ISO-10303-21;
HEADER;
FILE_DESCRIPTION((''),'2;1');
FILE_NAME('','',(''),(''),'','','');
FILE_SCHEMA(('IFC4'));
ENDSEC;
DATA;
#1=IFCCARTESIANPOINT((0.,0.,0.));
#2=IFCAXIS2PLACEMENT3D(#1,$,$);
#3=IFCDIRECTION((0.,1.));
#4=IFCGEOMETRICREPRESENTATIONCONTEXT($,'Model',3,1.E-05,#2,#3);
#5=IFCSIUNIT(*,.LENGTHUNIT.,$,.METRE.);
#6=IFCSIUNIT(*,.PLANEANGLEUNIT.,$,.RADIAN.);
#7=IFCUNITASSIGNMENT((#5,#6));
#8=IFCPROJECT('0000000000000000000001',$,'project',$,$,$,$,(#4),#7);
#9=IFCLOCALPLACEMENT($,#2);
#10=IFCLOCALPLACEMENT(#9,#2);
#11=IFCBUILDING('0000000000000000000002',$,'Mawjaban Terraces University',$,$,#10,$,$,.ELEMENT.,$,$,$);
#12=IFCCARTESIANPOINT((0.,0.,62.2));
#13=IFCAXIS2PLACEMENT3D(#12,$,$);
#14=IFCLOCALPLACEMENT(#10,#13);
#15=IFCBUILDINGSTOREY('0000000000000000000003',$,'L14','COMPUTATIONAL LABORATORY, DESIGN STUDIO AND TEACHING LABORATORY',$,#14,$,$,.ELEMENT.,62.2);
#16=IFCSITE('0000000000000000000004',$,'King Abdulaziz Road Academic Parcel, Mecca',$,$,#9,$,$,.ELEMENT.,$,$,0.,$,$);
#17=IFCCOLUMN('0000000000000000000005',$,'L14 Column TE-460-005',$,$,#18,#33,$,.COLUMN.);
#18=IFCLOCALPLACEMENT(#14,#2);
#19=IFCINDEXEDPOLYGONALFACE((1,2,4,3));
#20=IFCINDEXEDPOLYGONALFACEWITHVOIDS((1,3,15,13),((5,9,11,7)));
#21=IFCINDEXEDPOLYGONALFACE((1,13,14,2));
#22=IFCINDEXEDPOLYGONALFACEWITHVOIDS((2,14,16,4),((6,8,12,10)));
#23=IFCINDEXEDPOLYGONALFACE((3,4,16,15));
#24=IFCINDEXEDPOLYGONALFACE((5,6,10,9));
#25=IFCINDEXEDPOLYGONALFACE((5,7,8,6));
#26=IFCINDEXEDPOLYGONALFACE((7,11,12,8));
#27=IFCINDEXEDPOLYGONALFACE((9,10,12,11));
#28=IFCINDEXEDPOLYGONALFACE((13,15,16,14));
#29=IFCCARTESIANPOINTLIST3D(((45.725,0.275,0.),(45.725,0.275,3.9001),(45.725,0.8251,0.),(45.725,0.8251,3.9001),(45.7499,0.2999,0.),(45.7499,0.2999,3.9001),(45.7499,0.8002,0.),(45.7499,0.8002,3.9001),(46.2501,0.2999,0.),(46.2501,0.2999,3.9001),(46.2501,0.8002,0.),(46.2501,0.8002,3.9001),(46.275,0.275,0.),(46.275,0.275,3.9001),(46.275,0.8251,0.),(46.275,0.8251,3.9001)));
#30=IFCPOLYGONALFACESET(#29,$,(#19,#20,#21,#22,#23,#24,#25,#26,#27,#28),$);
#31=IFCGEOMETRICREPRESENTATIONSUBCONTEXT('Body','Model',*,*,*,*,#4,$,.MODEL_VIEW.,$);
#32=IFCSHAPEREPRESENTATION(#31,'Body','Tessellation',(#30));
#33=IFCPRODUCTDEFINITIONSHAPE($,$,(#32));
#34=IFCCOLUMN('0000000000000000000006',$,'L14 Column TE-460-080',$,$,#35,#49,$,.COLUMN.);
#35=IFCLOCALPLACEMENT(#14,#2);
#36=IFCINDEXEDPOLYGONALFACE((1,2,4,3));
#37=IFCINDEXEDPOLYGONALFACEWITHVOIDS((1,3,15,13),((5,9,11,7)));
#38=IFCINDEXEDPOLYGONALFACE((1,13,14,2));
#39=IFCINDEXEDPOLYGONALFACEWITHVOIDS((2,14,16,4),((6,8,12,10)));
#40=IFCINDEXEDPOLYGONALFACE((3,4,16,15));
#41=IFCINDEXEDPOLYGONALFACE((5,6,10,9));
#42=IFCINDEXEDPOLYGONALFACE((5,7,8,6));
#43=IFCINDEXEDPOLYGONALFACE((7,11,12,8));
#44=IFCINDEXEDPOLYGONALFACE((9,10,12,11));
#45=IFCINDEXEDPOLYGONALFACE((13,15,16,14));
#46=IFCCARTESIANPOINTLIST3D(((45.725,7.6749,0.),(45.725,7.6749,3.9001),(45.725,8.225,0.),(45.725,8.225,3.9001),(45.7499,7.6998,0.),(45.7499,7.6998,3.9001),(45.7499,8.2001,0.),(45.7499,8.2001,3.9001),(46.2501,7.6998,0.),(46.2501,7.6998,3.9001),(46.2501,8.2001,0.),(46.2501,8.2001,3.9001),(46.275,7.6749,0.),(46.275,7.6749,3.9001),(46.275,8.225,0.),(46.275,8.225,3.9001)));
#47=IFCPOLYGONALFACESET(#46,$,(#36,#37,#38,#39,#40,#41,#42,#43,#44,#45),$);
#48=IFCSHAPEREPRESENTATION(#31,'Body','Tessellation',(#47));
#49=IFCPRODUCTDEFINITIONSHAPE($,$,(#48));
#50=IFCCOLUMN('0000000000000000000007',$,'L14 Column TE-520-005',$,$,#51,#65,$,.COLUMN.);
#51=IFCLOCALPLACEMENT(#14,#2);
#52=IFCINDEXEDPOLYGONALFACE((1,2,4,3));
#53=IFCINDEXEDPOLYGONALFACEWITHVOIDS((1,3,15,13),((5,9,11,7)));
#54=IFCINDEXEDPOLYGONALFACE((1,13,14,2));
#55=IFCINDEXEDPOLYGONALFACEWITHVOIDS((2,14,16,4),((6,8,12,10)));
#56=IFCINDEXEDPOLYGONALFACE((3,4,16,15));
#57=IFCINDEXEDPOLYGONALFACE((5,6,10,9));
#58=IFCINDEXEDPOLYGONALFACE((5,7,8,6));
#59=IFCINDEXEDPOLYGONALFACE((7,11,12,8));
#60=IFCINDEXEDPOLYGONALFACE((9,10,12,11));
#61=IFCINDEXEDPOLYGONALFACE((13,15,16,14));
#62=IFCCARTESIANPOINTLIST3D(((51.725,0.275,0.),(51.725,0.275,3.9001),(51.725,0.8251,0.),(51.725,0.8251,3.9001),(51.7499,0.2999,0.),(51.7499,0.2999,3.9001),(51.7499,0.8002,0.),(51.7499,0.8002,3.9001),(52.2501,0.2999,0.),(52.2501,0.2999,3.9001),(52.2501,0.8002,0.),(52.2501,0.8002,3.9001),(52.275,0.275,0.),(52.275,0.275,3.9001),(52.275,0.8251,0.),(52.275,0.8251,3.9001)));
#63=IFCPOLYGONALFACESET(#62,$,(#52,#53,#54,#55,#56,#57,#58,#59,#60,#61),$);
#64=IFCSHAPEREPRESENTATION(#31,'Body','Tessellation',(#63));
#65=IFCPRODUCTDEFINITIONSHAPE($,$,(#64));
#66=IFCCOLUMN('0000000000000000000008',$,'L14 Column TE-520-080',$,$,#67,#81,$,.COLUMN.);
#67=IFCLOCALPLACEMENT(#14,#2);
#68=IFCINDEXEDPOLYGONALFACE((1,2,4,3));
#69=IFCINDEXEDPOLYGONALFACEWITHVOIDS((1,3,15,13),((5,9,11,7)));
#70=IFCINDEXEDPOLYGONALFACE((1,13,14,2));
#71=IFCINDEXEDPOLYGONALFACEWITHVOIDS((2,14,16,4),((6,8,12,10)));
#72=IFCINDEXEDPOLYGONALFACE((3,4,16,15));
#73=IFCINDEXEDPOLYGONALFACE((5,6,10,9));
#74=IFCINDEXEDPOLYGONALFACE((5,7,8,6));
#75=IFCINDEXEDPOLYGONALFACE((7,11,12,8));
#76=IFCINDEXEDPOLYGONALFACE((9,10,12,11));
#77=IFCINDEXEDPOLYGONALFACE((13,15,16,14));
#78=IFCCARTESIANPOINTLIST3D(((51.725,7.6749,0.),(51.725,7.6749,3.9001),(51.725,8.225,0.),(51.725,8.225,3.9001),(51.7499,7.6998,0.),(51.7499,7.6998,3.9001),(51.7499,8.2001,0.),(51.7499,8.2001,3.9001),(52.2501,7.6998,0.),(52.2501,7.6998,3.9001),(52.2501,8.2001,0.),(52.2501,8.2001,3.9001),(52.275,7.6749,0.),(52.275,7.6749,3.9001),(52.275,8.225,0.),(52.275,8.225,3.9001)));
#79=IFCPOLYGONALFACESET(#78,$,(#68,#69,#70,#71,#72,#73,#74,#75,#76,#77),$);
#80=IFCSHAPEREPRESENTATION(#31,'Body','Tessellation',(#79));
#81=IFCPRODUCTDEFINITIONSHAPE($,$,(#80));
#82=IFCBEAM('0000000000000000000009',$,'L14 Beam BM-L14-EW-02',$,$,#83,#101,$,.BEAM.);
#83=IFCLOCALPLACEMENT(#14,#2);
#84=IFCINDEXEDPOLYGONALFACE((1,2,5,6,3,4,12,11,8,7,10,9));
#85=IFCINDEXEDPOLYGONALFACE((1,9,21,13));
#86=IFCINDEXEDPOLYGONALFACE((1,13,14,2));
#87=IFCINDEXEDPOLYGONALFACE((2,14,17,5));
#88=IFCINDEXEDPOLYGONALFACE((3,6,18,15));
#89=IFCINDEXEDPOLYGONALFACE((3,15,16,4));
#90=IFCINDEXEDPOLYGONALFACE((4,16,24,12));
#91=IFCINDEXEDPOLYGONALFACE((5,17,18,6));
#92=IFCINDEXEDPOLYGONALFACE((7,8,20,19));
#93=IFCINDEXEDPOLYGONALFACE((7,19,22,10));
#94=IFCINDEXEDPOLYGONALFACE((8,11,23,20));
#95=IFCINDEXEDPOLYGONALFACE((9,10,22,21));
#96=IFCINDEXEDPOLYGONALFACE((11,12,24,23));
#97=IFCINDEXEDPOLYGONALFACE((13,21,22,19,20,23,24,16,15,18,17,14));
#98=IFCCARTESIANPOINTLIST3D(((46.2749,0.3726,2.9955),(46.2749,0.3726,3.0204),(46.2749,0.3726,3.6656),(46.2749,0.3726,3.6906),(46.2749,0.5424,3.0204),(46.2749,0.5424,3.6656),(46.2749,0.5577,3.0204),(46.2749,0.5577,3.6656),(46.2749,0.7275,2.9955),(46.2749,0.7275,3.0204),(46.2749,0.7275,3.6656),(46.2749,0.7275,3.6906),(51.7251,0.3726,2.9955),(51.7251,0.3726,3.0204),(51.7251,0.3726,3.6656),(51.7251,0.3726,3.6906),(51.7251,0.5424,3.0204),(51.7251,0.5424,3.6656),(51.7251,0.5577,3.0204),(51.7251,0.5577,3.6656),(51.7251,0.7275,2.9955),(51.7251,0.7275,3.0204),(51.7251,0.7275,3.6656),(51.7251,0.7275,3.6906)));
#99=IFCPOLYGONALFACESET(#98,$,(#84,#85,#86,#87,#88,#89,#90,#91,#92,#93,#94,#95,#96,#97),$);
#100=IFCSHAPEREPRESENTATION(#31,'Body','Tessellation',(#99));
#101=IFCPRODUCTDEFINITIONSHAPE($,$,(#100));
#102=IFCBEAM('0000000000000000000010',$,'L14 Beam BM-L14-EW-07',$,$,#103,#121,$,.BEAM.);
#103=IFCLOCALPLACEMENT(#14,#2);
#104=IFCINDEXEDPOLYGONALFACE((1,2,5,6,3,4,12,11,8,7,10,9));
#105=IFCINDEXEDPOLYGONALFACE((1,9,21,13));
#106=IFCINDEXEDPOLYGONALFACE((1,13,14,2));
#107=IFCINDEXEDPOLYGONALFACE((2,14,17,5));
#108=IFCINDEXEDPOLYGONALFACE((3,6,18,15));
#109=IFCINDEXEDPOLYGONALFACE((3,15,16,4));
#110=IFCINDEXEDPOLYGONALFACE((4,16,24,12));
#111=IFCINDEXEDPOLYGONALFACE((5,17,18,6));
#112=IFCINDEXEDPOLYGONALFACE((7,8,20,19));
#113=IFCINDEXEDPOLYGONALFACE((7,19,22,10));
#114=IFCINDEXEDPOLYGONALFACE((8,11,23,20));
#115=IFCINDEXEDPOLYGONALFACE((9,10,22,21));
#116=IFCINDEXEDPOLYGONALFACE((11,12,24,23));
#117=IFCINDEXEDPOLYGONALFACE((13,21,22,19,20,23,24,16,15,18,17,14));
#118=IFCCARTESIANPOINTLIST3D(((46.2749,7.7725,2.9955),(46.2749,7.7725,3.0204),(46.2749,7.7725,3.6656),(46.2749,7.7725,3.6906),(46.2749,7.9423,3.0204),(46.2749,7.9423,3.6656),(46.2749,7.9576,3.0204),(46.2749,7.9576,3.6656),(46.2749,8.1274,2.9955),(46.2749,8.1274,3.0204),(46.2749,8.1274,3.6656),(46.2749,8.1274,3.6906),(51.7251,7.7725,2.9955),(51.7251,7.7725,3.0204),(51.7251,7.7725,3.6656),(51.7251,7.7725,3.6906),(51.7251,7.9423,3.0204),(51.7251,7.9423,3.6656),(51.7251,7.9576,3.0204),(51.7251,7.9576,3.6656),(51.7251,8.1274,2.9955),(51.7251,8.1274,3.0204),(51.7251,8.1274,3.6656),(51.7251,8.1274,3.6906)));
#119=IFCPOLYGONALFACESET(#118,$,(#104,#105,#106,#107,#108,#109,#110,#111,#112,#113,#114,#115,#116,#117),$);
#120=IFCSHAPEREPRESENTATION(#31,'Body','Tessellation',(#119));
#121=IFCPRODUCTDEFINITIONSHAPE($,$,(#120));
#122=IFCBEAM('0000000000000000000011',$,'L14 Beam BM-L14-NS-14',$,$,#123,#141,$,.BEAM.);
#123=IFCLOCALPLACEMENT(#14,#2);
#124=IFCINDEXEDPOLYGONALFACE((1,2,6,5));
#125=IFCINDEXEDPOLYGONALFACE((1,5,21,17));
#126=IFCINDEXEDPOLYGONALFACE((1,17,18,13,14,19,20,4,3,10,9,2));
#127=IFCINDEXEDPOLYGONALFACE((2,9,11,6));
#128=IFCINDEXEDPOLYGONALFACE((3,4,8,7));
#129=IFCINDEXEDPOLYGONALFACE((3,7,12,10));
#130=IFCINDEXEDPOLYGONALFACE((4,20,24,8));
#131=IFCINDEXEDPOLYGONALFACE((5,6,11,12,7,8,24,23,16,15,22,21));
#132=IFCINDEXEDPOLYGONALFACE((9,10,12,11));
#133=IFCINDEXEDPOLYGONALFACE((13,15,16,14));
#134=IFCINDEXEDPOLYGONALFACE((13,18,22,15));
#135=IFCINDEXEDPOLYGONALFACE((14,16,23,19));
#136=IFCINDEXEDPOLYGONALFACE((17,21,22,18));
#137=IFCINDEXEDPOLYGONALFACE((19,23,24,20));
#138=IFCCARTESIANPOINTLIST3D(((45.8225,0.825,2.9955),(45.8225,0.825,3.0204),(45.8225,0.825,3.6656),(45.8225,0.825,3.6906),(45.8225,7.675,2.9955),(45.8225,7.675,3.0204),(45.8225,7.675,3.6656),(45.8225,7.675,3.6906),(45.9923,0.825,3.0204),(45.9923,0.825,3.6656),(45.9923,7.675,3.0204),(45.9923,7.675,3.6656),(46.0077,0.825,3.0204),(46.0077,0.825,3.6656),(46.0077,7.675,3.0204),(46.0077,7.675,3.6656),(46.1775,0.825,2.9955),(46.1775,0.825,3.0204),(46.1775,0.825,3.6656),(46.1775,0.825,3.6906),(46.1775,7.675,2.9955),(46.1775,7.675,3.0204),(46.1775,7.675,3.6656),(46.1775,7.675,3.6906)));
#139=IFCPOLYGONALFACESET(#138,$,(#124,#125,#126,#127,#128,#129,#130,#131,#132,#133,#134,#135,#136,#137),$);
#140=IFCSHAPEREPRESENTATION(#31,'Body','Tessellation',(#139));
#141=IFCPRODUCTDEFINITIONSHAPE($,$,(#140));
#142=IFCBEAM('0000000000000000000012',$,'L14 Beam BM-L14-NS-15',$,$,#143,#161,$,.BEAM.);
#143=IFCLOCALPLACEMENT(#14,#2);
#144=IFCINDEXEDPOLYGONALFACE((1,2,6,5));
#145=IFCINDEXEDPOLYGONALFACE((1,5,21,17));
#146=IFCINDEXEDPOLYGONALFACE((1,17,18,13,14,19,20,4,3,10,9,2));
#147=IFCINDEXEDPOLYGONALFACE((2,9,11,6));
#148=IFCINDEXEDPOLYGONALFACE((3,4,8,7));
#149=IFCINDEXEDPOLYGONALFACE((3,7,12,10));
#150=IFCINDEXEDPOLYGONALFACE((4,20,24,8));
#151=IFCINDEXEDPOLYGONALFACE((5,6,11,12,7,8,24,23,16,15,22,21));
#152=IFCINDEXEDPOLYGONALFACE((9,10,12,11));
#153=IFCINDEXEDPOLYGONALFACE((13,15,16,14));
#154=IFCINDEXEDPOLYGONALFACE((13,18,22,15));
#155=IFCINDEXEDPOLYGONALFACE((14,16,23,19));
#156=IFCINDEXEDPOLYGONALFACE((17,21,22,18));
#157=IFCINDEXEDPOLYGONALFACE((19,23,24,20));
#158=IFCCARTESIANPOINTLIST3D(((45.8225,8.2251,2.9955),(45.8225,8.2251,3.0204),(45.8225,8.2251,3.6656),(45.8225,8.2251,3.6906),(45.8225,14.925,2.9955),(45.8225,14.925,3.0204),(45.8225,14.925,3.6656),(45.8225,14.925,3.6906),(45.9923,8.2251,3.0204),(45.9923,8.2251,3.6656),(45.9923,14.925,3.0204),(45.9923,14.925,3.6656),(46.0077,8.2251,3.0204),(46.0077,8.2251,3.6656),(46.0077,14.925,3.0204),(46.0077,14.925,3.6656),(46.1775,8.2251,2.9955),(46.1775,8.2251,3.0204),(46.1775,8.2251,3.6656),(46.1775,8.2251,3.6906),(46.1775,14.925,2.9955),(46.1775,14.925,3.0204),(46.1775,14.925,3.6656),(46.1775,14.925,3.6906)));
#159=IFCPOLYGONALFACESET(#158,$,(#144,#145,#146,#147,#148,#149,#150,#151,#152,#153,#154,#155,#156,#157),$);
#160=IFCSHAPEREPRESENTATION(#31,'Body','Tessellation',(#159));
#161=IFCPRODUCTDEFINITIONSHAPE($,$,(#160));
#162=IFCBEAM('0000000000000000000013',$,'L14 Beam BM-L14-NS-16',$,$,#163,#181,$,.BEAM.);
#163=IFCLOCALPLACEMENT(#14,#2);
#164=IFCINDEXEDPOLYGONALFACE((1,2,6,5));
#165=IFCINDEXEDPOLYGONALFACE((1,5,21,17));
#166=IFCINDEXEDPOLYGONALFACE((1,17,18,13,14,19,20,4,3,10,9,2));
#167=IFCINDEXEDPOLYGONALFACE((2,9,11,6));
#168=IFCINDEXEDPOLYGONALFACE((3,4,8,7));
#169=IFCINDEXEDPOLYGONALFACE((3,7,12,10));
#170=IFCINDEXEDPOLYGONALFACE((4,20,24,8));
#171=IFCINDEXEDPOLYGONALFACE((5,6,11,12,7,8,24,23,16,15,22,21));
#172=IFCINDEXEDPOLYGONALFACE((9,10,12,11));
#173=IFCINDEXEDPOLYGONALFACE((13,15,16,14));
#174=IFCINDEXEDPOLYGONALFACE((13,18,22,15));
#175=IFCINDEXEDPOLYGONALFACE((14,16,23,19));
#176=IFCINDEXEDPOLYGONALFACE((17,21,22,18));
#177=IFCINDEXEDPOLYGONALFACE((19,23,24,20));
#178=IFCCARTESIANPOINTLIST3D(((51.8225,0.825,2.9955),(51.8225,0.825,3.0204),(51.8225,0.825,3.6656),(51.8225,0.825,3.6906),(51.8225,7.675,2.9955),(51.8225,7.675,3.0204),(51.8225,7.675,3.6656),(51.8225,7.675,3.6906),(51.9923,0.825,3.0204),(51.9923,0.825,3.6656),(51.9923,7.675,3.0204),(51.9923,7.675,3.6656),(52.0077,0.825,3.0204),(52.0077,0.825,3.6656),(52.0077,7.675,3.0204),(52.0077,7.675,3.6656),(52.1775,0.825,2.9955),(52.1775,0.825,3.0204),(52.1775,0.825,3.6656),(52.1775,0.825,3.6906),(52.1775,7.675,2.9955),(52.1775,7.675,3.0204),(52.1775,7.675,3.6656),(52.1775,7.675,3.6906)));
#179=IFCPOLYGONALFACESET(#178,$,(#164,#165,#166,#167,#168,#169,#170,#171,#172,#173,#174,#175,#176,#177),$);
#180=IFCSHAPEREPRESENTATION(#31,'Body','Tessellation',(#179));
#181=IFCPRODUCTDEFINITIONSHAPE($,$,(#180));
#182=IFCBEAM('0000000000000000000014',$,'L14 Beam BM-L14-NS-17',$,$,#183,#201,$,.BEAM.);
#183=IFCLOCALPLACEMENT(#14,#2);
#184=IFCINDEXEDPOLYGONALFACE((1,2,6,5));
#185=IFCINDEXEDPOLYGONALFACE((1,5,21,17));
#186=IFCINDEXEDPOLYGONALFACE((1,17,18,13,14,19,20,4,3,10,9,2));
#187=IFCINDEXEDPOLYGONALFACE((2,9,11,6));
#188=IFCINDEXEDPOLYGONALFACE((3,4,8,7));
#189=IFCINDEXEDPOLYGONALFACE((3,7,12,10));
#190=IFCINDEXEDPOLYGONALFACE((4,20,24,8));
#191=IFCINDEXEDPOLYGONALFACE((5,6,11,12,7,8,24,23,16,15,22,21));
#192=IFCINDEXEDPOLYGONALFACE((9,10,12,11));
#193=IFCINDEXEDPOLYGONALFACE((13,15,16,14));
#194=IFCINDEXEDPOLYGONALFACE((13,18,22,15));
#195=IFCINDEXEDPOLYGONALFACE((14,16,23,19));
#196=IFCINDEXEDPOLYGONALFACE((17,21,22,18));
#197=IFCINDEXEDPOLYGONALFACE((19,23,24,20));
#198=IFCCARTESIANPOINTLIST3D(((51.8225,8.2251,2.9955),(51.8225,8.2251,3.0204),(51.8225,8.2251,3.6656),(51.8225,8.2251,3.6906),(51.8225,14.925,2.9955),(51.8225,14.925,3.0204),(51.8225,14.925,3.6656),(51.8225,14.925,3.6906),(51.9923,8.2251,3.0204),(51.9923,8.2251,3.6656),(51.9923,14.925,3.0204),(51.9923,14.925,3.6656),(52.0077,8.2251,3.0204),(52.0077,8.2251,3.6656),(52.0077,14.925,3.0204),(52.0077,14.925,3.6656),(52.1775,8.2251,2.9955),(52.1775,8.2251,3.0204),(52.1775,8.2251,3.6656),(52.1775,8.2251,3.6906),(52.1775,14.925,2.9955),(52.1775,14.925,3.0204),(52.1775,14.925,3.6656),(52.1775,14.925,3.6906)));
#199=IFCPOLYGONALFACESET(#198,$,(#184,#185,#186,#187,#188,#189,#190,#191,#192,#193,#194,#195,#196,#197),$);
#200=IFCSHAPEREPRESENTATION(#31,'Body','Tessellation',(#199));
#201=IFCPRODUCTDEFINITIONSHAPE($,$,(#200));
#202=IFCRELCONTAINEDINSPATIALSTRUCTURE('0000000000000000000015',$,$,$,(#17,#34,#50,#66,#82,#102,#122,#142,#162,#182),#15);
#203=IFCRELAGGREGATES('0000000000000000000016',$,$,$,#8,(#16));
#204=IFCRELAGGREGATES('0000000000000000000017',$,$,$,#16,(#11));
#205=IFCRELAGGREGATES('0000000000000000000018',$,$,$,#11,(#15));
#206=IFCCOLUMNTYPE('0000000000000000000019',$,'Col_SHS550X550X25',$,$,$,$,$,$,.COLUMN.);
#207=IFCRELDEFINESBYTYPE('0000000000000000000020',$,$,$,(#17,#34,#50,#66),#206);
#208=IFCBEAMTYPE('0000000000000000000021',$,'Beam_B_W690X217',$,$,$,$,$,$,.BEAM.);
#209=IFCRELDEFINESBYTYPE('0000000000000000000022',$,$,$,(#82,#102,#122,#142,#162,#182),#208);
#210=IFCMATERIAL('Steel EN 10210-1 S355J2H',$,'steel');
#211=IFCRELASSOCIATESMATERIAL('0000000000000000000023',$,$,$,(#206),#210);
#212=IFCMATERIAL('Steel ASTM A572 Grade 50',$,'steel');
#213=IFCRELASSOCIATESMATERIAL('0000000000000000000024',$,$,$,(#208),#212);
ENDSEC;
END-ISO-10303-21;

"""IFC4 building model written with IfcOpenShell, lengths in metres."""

from ifc_helpers import new_model, si_unit, direction, frame, origin, origin_2d, place, context, subcontext, project, spatial, hollow_rectangle, i_section, extrude, material, material_profile, profile_set, type_object, element, save


model = new_model("IFC4")

# Units and contexts
model_context = context("Model", 3, precision=1e-05, world=origin(), true_north=direction((0.0, 1.0)))
body_context = subcontext(model_context, "Body", "Model", "MODEL_VIEW")
ifc_project = project(units=[si_unit("LENGTHUNIT", "METRE"), si_unit("PLANEANGLEUNIT", "RADIAN")], contexts=[model_context])

# Site, building, storey
site_placement = place(None, origin())
site = spatial("IfcSite", under=ifc_project, at=site_placement, Name="King Abdulaziz Road Academic Parcel, Mecca", CompositionType="ELEMENT", RefElevation=0.0)
building_placement = place(site_placement, origin())
building = spatial("IfcBuilding", under=site, at=building_placement, Name="Mawjaban Terraces University", CompositionType="ELEMENT")
storey_placement = place(building_placement, frame((0.0, 0.0, 62.2)))
storey = spatial("IfcBuildingStorey", under=building, at=storey_placement, Name="L14", Description="COMPUTATIONAL LABORATORY, DESIGN STUDIO AND TEACHING LABORATORY", CompositionType="ELEMENT", Elevation=62.2)

# Columns
ifc_material_1 = material(Name="Steel EN 10210-1 S355J2H", Category="steel")
ifc_material_profile_1 = material_profile(ifc_material_1, hollow_rectangle(XDim=0.55, YDim=0.55, WallThickness=0.0249, at=origin_2d()), Name="SHS550X550X25")
ifc_profile_set_1 = profile_set([ifc_material_profile_1], Name="Steel EN 10210-1 S355J2H")
column_type = type_object("IfcColumnType", Name="Col_SHS550X550X25", PredefinedType="COLUMN", material=ifc_profile_set_1)
for number, where, z_axis, x_axis, name in (
    (1, (46.0, 0.55, 0.0), (0.0, 0.0, 1.0), (1.0, 0.0, 0.0), "L14 Column TE-460-005"),
    (2, (46.0, 7.95, 0.0), (0.0, 0.0, 1.0), (1.0, 0.0, 0.0), "L14 Column TE-460-080"),
    (3, (52.0, 0.55, 0.0), (0.0, 0.0, 1.0), (1.0, 0.0, 0.0), "L14 Column TE-520-005"),
    (4, (52.0, 7.95, 0.0), (0.0, 0.0, 1.0), (1.0, 0.0, 0.0), "L14 Column TE-520-080"),
):
    element("IfcColumn", number, at=place(storey_placement, frame(where, z_axis=z_axis, x_axis=x_axis)), inside=storey, type_object=column_type, Name=name, PredefinedType="COLUMN", context=body_context, shape_type="SweptSolid", body=[
        extrude(hollow_rectangle(XDim=0.55, YDim=0.55, WallThickness=0.0249, at=origin_2d()), origin(), (0.0, 0.0, 1.0), 3.9001),
    ])

# Beams
ifc_material_2 = material(Name="Steel ASTM A572 Grade 50", Category="steel")
ifc_material_profile_2 = material_profile(ifc_material_2, i_section(OverallWidth=0.355, OverallDepth=0.6951, WebThickness=0.0154, FlangeThickness=0.0249, at=origin_2d()), Name="W690X217")
ifc_profile_set_2 = profile_set([ifc_material_profile_2], Name="Steel ASTM A572 Grade 50")
beam_type_1 = type_object("IfcBeamType", Name="Beam_B_W690X217", PredefinedType="BEAM", material=ifc_profile_set_2)
for number, where, z_axis, x_axis, name in (
    (5, (46.2749, 0.55, 3.343), (1.0, 0.0, 0.0), (0.0, 1.0, 0.0), "L14 Beam BM-L14-EW-02"),
    (6, (46.2749, 7.95, 3.343), (1.0, 0.0, 0.0), (0.0, 1.0, 0.0), "L14 Beam BM-L14-EW-07"),
):
    element("IfcBeam", number, at=place(storey_placement, frame(where, z_axis=z_axis, x_axis=x_axis)), inside=storey, type_object=beam_type_1, Name=name, PredefinedType="BEAM", context=body_context, shape_type="SweptSolid", body=[
        extrude(i_section(OverallWidth=0.355, OverallDepth=0.6951, WebThickness=0.0154, FlangeThickness=0.0249, at=origin_2d()), origin(), (0.0, 0.0, 1.0), 5.4502),
    ])
beam_1_placement = place(storey_placement, frame((46.0, 0.825, 3.343), z_axis=(0.0, 1.0, 0.0), x_axis=(-1.0, 0.0, 0.0)))
element("IfcBeam", 7, at=beam_1_placement, inside=storey, type_object=beam_type_1, Name="L14 Beam BM-L14-NS-14", PredefinedType="BEAM", context=body_context, shape_type="SweptSolid", body=[
    extrude(i_section(OverallWidth=0.355, OverallDepth=0.6951, WebThickness=0.0154, FlangeThickness=0.0249, at=origin_2d()), origin(), (0.0, 0.0, 1.0), 6.8501),
])
beam_2_placement = place(storey_placement, frame((46.0, 8.2251, 3.343), z_axis=(0.0, 1.0, 0.0), x_axis=(-1.0, 0.0, 0.0)))
element("IfcBeam", 8, at=beam_2_placement, inside=storey, type_object=beam_type_1, Name="L14 Beam BM-L14-NS-15", PredefinedType="BEAM", context=body_context, shape_type="SweptSolid", body=[
    extrude(i_section(OverallWidth=0.355, OverallDepth=0.6951, WebThickness=0.0154, FlangeThickness=0.0249, at=origin_2d()), origin(), (0.0, 0.0, 1.0), 6.7),
])
beam_3_placement = place(storey_placement, frame((52.0, 0.825, 3.343), z_axis=(0.0, 1.0, 0.0), x_axis=(-1.0, 0.0, 0.0)))
element("IfcBeam", 9, at=beam_3_placement, inside=storey, type_object=beam_type_1, Name="L14 Beam BM-L14-NS-16", PredefinedType="BEAM", context=body_context, shape_type="SweptSolid", body=[
    extrude(i_section(OverallWidth=0.355, OverallDepth=0.6951, WebThickness=0.0154, FlangeThickness=0.0249, at=origin_2d()), origin(), (0.0, 0.0, 1.0), 6.8501),
])
beam_4_placement = place(storey_placement, frame((52.0, 8.2251, 3.343), z_axis=(0.0, 1.0, 0.0), x_axis=(-1.0, 0.0, 0.0)))
element("IfcBeam", 10, at=beam_4_placement, inside=storey, type_object=beam_type_1, Name="L14 Beam BM-L14-NS-17", PredefinedType="BEAM", context=body_context, shape_type="SweptSolid", body=[
    extrude(i_section(OverallWidth=0.355, OverallDepth=0.6951, WebThickness=0.0154, FlangeThickness=0.0249, at=origin_2d()), origin(), (0.0, 0.0, 1.0), 6.7),
])

save(model, "model.ifc")
